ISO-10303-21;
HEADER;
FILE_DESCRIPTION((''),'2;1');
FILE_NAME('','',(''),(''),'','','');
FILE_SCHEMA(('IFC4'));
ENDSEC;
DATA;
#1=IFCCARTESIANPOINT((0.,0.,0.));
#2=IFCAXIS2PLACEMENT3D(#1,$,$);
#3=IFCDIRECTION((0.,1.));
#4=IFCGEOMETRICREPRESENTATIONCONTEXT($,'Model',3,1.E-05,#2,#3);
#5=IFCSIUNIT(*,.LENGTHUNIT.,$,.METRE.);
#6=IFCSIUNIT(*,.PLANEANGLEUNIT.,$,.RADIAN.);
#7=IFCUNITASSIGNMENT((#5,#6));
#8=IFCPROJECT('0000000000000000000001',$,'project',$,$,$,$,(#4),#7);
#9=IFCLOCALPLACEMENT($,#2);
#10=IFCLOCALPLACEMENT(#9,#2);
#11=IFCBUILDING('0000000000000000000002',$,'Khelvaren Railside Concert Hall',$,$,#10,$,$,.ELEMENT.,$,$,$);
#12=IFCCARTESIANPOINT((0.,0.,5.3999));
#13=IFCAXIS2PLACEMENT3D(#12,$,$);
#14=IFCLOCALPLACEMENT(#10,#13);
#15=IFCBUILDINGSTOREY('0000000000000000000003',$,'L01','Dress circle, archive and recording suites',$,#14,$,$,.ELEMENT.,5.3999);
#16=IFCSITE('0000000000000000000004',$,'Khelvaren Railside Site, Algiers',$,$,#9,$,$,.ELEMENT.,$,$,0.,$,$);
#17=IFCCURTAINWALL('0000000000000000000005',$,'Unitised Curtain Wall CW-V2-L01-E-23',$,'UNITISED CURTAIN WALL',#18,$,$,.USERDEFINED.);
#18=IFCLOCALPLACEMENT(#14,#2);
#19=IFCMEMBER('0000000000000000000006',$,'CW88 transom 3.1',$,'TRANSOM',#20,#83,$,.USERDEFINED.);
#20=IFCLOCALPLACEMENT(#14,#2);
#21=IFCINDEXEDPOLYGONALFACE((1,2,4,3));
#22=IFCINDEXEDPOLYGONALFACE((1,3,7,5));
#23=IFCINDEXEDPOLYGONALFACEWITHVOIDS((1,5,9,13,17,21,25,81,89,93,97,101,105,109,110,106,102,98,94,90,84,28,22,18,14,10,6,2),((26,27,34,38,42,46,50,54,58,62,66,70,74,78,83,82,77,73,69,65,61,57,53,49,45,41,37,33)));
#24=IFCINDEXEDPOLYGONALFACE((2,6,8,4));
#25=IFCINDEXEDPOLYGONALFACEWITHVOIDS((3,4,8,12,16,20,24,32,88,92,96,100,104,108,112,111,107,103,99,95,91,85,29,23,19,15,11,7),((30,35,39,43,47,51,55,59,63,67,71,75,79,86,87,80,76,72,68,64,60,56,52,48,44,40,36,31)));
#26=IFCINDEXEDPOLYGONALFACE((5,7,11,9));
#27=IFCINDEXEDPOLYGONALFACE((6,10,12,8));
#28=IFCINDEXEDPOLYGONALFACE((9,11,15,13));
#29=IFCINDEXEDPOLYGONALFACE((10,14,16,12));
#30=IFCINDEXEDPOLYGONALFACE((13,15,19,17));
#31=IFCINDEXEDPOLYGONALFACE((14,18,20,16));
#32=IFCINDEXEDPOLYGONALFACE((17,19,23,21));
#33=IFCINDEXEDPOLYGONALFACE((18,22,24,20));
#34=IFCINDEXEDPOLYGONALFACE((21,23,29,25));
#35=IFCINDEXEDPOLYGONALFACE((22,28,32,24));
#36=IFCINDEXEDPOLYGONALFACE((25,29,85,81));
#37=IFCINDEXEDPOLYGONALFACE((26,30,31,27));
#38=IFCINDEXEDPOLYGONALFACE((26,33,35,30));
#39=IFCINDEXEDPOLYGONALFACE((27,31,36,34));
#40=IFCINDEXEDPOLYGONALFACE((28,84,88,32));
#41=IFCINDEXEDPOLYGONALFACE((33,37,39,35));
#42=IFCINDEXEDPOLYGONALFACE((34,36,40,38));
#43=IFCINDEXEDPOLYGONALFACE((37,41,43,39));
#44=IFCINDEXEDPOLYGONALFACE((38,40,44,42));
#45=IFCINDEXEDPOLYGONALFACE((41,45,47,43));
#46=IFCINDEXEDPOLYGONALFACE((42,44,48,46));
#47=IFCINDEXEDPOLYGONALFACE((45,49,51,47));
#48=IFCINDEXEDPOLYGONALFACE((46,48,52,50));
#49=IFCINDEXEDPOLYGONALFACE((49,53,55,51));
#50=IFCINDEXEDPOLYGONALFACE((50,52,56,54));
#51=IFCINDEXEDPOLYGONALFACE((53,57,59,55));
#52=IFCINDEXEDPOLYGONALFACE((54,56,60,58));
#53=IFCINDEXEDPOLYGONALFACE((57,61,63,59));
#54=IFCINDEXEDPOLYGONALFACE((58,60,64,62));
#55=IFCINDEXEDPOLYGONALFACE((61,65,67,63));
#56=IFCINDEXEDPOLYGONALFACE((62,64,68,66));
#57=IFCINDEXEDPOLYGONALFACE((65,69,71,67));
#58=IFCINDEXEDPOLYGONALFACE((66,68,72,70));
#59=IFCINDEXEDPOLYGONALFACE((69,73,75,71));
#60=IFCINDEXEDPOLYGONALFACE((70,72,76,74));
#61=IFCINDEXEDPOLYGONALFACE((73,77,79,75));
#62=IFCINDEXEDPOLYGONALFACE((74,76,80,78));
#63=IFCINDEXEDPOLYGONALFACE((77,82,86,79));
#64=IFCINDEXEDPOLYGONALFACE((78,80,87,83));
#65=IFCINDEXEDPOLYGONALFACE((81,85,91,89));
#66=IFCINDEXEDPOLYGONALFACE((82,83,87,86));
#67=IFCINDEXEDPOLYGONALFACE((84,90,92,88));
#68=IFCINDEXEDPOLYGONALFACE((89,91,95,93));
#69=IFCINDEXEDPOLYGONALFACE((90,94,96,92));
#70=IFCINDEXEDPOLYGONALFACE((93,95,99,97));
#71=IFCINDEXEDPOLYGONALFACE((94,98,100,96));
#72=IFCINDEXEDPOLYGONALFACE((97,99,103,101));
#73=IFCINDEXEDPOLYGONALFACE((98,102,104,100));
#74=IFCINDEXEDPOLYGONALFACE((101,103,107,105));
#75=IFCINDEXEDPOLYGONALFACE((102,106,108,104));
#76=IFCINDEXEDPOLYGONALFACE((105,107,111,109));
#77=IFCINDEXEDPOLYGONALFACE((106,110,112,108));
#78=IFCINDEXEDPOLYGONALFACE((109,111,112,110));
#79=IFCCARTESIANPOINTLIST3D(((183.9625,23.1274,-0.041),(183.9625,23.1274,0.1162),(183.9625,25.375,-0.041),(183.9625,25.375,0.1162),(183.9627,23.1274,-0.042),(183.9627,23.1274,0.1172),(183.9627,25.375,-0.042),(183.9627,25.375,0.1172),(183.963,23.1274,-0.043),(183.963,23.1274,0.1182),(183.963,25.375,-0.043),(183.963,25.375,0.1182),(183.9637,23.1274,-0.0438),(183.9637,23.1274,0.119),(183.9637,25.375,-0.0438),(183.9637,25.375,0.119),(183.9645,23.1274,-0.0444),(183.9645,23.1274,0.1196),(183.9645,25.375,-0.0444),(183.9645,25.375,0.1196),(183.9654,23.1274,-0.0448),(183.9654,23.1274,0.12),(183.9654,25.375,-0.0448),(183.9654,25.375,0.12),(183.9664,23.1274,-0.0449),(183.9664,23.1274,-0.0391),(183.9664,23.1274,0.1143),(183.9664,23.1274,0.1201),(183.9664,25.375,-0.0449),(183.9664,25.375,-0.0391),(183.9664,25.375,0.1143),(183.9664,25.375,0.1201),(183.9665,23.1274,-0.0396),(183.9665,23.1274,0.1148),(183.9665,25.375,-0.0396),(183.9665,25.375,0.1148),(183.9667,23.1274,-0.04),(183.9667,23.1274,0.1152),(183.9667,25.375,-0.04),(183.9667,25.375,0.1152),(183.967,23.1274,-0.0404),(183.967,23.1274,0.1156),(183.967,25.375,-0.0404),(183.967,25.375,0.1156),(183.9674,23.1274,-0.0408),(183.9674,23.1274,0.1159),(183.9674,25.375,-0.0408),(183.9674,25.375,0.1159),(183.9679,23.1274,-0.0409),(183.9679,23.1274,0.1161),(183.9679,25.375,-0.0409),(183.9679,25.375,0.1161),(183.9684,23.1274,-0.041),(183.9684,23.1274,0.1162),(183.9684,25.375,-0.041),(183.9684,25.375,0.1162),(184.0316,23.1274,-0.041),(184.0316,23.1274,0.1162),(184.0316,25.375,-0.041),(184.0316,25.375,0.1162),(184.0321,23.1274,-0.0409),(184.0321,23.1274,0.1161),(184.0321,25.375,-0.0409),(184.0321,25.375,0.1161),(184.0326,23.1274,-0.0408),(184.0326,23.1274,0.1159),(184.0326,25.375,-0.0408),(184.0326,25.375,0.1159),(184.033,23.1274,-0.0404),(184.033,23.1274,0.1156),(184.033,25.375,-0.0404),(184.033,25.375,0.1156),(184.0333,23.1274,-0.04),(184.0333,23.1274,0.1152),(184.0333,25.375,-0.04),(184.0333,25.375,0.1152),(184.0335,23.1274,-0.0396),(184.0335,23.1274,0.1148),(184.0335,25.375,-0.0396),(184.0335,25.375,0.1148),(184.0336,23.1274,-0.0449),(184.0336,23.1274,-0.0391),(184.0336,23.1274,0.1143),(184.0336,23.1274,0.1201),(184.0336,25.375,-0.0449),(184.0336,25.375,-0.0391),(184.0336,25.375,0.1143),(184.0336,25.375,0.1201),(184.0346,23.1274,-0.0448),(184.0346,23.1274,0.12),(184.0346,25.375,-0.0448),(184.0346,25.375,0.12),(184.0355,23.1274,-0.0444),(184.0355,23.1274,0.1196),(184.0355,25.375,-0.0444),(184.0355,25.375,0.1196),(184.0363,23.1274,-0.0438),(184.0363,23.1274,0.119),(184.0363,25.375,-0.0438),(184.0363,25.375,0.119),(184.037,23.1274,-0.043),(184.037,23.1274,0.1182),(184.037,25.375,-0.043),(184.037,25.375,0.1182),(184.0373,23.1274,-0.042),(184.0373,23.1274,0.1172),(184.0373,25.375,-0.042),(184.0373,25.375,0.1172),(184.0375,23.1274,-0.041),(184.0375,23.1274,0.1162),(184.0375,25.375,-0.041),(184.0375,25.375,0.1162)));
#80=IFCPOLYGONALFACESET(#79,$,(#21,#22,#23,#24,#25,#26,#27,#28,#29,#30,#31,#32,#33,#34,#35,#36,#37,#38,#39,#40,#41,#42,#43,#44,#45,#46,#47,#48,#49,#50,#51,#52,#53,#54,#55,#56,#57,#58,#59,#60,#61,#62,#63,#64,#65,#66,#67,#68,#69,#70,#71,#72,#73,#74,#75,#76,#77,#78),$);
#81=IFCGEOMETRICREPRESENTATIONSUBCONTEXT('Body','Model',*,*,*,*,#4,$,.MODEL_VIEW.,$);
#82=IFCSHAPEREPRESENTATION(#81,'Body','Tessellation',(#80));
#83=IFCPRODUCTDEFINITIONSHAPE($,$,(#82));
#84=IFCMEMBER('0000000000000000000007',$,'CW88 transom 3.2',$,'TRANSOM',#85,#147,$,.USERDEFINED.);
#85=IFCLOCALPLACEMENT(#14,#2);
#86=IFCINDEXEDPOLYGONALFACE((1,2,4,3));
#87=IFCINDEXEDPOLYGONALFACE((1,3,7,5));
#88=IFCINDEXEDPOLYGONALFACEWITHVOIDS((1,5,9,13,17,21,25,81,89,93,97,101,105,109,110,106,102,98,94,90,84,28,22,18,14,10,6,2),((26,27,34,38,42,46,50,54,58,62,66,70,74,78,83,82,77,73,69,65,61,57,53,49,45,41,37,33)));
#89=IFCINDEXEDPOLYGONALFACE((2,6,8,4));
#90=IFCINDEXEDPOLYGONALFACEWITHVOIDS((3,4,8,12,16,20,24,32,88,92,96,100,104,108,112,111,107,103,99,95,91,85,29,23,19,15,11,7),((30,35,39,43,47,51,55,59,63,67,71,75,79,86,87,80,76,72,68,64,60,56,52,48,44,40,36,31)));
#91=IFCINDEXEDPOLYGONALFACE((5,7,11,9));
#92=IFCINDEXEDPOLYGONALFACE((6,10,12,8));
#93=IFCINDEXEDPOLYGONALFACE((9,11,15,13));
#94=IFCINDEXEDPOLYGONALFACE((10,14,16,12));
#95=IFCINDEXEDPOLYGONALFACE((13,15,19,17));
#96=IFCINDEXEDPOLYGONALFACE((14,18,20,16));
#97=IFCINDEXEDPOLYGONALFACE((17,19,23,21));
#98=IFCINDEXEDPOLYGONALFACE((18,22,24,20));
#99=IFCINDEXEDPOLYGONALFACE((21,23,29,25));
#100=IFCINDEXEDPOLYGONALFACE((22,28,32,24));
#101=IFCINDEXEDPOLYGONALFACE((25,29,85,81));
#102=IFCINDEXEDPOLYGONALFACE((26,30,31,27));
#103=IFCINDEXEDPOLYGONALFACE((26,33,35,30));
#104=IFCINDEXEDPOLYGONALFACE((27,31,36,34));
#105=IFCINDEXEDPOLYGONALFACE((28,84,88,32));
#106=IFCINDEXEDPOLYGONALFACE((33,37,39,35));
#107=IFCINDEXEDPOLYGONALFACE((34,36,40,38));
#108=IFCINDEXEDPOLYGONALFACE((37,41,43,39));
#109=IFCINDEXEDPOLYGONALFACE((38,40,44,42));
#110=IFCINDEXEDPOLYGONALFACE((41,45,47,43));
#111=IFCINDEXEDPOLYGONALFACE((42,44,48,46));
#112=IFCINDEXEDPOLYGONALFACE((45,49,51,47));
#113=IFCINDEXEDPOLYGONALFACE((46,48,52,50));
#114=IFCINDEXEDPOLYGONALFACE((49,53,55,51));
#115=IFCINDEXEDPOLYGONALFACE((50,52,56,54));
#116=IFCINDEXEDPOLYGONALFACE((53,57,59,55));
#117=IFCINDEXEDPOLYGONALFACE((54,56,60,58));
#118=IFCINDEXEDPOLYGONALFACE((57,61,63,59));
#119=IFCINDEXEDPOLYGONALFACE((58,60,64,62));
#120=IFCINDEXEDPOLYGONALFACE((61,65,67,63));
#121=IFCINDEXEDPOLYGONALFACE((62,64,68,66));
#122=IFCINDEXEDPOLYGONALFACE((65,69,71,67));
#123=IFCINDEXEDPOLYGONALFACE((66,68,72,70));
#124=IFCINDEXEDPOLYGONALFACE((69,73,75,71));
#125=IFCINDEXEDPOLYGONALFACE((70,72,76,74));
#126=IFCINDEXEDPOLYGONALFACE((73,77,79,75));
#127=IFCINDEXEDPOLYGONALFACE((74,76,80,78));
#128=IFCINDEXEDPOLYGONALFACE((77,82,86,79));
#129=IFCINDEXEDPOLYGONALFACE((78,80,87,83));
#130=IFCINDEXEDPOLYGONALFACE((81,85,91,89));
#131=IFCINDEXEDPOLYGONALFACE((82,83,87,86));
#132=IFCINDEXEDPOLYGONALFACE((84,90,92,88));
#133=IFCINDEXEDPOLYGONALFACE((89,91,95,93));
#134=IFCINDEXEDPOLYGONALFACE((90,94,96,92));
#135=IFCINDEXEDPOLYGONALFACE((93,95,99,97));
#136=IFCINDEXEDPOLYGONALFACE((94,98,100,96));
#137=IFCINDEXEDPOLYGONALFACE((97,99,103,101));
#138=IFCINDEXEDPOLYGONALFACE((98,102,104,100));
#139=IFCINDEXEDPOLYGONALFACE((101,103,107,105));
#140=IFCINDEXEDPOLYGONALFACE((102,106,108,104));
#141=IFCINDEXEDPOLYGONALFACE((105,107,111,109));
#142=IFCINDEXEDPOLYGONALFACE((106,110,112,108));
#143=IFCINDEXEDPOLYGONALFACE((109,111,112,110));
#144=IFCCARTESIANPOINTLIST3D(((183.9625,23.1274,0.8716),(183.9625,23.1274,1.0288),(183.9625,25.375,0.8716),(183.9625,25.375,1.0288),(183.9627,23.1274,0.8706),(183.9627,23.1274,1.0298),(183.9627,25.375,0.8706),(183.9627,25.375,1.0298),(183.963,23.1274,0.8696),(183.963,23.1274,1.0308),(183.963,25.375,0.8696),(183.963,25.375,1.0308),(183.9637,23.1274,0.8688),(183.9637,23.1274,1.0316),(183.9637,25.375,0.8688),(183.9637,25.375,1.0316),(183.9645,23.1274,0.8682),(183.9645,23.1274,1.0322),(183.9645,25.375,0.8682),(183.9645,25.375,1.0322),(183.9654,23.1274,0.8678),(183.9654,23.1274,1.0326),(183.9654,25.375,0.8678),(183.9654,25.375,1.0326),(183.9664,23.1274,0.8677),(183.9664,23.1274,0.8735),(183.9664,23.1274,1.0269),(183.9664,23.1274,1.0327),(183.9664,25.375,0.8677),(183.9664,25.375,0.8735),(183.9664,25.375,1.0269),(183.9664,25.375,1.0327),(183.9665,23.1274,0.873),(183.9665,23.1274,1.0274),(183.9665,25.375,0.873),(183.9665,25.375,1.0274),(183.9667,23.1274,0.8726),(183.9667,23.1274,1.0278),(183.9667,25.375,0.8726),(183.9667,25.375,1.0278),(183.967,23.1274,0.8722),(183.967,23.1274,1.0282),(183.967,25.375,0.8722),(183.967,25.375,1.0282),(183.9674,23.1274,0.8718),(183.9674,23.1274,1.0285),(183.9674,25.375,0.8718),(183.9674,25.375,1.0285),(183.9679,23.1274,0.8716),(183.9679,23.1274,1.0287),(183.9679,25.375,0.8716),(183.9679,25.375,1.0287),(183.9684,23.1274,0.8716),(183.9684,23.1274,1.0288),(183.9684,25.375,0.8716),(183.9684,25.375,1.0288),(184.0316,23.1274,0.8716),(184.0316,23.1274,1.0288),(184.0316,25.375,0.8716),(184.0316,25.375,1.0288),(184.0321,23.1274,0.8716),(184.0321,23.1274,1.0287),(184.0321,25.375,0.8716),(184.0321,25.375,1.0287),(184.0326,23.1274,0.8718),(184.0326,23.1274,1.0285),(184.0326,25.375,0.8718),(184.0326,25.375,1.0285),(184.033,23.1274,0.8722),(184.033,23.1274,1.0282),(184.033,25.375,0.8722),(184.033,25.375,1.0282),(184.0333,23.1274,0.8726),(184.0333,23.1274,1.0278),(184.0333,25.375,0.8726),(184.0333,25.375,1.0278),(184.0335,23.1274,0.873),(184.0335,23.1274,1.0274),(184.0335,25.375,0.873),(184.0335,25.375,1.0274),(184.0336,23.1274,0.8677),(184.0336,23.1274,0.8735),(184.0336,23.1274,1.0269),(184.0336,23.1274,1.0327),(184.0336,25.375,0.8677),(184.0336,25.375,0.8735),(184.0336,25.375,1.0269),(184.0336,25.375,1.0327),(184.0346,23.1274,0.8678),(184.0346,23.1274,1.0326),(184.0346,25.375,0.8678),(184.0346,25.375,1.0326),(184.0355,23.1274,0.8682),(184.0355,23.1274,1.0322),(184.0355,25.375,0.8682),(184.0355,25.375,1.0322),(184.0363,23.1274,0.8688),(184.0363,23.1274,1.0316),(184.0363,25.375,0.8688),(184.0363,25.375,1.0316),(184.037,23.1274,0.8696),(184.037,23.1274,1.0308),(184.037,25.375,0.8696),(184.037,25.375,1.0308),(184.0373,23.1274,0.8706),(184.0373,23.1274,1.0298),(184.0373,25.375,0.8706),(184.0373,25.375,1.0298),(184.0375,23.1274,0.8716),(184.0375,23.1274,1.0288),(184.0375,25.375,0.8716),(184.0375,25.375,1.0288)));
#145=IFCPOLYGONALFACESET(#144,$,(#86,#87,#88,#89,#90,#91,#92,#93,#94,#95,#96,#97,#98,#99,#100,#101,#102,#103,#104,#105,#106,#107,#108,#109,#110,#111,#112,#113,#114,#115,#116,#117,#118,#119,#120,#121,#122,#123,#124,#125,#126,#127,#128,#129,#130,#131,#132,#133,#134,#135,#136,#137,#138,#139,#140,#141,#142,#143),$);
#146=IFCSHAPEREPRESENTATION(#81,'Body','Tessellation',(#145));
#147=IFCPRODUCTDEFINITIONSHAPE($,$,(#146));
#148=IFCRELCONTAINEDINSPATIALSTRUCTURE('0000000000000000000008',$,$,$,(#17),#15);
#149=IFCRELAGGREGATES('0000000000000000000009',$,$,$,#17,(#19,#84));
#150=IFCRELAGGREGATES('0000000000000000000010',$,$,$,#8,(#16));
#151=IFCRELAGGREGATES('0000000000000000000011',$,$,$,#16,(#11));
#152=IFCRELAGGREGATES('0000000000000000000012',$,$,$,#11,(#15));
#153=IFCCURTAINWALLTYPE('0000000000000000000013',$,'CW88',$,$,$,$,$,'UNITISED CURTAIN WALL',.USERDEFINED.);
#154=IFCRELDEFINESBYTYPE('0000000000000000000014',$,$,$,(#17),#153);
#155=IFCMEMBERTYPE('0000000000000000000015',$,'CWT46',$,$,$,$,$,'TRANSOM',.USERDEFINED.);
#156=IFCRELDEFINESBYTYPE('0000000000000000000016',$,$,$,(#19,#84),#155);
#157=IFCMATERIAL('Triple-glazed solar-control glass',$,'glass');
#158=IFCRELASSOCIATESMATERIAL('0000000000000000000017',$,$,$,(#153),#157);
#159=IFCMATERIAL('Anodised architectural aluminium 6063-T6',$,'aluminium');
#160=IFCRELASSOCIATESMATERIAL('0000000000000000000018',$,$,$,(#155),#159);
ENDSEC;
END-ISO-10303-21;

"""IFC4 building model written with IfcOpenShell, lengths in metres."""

from ifc_helpers import new_model, si_unit, direction, frame, origin, origin_2d, place, context, subcontext, project, spatial, hollow_rectangle, extrude, material, material_profile, profile_set, type_object, element, aggregate, save


model = new_model("IFC4")

# Units and contexts
model_context = context("Model", 3, precision=1e-05, world=origin(), true_north=direction((0.0, 1.0)))
body_context = subcontext(model_context, "Body", "Model", "MODEL_VIEW")
ifc_project = project(units=[si_unit("LENGTHUNIT", "METRE"), si_unit("PLANEANGLEUNIT", "RADIAN")], contexts=[model_context])

# Site, building, storey
site_placement = place(None, origin())
site = spatial("IfcSite", under=ifc_project, at=site_placement, Name="Khelvaren Railside Site, Algiers", CompositionType="ELEMENT", RefElevation=0.0)
building_placement = place(site_placement, origin())
building = spatial("IfcBuilding", under=site, at=building_placement, Name="Khelvaren Railside Concert Hall", CompositionType="ELEMENT")
storey_placement = place(building_placement, frame((0.0, 0.0, 5.3999)))
storey = spatial("IfcBuildingStorey", under=building, at=storey_placement, Name="L01", Description="Dress circle, archive and recording suites", CompositionType="ELEMENT", Elevation=5.3999)

# Curtain wall, members
ifc_material_1 = material(Name="Triple-glazed solar-control glass", Category="glass")
curtain_wall_type = type_object("IfcCurtainWallType", Name="CW88", ElementType="UNITISED CURTAIN WALL", PredefinedType="USERDEFINED", material=ifc_material_1)
curtain_wall_placement = place(storey_placement, origin())
curtain_wall = element("IfcCurtainWall", 1, at=curtain_wall_placement, inside=storey, type_object=curtain_wall_type, Name="Unitised Curtain Wall CW-V2-L01-E-23", ObjectType="UNITISED CURTAIN WALL", PredefinedType="USERDEFINED")
ifc_material_2 = material(Name="Anodised architectural aluminium 6063-T6", Category="aluminium")
ifc_material_profile_1 = material_profile(ifc_material_2, hollow_rectangle(XDim=0.075, YDim=0.165, WallThickness=0.0039, InnerFilletRadius=0.002, OuterFilletRadius=0.0039, at=origin_2d()), Name="CWT 75x165x4")
ifc_profile_set_1 = profile_set([ifc_material_profile_1], Name="Anodised architectural aluminium 6063-T6")
member_type_1 = type_object("IfcMemberType", Name="CWT46", ElementType="TRANSOM", PredefinedType="USERDEFINED", material=ifc_profile_set_1)
member_1_placement = place(storey_placement, frame((184.0, 25.375, 0.0376), z_axis=(0.0, -1.0, 0.0), x_axis=(1.0, 0.0, 0.0)))
member_1 = element("IfcMember", 2, at=member_1_placement, type_object=member_type_1, Name="CW88 transom 3.1", ObjectType="TRANSOM", PredefinedType="USERDEFINED", context=body_context, shape_type="SweptSolid", body=[
    extrude(hollow_rectangle(XDim=0.075, YDim=0.165, WallThickness=0.0039, InnerFilletRadius=0.002, OuterFilletRadius=0.0039, at=origin_2d()), origin(), (0.0, 0.0, 1.0), 2.2476),
])
member_2_placement = place(storey_placement, frame((184.0, 25.375, 0.9502), z_axis=(0.0, -1.0, 0.0), x_axis=(1.0, 0.0, 0.0)))
member_2 = element("IfcMember", 3, at=member_2_placement, type_object=member_type_1, Name="CW88 transom 3.2", ObjectType="TRANSOM", PredefinedType="USERDEFINED", context=body_context, shape_type="SweptSolid", body=[
    extrude(hollow_rectangle(XDim=0.075, YDim=0.165, WallThickness=0.0039, InnerFilletRadius=0.002, OuterFilletRadius=0.0039, at=origin_2d()), origin(), (0.0, 0.0, 1.0), 2.2476),
])
aggregate(curtain_wall, [member_1, member_2])

save(model, "model.ifc")
